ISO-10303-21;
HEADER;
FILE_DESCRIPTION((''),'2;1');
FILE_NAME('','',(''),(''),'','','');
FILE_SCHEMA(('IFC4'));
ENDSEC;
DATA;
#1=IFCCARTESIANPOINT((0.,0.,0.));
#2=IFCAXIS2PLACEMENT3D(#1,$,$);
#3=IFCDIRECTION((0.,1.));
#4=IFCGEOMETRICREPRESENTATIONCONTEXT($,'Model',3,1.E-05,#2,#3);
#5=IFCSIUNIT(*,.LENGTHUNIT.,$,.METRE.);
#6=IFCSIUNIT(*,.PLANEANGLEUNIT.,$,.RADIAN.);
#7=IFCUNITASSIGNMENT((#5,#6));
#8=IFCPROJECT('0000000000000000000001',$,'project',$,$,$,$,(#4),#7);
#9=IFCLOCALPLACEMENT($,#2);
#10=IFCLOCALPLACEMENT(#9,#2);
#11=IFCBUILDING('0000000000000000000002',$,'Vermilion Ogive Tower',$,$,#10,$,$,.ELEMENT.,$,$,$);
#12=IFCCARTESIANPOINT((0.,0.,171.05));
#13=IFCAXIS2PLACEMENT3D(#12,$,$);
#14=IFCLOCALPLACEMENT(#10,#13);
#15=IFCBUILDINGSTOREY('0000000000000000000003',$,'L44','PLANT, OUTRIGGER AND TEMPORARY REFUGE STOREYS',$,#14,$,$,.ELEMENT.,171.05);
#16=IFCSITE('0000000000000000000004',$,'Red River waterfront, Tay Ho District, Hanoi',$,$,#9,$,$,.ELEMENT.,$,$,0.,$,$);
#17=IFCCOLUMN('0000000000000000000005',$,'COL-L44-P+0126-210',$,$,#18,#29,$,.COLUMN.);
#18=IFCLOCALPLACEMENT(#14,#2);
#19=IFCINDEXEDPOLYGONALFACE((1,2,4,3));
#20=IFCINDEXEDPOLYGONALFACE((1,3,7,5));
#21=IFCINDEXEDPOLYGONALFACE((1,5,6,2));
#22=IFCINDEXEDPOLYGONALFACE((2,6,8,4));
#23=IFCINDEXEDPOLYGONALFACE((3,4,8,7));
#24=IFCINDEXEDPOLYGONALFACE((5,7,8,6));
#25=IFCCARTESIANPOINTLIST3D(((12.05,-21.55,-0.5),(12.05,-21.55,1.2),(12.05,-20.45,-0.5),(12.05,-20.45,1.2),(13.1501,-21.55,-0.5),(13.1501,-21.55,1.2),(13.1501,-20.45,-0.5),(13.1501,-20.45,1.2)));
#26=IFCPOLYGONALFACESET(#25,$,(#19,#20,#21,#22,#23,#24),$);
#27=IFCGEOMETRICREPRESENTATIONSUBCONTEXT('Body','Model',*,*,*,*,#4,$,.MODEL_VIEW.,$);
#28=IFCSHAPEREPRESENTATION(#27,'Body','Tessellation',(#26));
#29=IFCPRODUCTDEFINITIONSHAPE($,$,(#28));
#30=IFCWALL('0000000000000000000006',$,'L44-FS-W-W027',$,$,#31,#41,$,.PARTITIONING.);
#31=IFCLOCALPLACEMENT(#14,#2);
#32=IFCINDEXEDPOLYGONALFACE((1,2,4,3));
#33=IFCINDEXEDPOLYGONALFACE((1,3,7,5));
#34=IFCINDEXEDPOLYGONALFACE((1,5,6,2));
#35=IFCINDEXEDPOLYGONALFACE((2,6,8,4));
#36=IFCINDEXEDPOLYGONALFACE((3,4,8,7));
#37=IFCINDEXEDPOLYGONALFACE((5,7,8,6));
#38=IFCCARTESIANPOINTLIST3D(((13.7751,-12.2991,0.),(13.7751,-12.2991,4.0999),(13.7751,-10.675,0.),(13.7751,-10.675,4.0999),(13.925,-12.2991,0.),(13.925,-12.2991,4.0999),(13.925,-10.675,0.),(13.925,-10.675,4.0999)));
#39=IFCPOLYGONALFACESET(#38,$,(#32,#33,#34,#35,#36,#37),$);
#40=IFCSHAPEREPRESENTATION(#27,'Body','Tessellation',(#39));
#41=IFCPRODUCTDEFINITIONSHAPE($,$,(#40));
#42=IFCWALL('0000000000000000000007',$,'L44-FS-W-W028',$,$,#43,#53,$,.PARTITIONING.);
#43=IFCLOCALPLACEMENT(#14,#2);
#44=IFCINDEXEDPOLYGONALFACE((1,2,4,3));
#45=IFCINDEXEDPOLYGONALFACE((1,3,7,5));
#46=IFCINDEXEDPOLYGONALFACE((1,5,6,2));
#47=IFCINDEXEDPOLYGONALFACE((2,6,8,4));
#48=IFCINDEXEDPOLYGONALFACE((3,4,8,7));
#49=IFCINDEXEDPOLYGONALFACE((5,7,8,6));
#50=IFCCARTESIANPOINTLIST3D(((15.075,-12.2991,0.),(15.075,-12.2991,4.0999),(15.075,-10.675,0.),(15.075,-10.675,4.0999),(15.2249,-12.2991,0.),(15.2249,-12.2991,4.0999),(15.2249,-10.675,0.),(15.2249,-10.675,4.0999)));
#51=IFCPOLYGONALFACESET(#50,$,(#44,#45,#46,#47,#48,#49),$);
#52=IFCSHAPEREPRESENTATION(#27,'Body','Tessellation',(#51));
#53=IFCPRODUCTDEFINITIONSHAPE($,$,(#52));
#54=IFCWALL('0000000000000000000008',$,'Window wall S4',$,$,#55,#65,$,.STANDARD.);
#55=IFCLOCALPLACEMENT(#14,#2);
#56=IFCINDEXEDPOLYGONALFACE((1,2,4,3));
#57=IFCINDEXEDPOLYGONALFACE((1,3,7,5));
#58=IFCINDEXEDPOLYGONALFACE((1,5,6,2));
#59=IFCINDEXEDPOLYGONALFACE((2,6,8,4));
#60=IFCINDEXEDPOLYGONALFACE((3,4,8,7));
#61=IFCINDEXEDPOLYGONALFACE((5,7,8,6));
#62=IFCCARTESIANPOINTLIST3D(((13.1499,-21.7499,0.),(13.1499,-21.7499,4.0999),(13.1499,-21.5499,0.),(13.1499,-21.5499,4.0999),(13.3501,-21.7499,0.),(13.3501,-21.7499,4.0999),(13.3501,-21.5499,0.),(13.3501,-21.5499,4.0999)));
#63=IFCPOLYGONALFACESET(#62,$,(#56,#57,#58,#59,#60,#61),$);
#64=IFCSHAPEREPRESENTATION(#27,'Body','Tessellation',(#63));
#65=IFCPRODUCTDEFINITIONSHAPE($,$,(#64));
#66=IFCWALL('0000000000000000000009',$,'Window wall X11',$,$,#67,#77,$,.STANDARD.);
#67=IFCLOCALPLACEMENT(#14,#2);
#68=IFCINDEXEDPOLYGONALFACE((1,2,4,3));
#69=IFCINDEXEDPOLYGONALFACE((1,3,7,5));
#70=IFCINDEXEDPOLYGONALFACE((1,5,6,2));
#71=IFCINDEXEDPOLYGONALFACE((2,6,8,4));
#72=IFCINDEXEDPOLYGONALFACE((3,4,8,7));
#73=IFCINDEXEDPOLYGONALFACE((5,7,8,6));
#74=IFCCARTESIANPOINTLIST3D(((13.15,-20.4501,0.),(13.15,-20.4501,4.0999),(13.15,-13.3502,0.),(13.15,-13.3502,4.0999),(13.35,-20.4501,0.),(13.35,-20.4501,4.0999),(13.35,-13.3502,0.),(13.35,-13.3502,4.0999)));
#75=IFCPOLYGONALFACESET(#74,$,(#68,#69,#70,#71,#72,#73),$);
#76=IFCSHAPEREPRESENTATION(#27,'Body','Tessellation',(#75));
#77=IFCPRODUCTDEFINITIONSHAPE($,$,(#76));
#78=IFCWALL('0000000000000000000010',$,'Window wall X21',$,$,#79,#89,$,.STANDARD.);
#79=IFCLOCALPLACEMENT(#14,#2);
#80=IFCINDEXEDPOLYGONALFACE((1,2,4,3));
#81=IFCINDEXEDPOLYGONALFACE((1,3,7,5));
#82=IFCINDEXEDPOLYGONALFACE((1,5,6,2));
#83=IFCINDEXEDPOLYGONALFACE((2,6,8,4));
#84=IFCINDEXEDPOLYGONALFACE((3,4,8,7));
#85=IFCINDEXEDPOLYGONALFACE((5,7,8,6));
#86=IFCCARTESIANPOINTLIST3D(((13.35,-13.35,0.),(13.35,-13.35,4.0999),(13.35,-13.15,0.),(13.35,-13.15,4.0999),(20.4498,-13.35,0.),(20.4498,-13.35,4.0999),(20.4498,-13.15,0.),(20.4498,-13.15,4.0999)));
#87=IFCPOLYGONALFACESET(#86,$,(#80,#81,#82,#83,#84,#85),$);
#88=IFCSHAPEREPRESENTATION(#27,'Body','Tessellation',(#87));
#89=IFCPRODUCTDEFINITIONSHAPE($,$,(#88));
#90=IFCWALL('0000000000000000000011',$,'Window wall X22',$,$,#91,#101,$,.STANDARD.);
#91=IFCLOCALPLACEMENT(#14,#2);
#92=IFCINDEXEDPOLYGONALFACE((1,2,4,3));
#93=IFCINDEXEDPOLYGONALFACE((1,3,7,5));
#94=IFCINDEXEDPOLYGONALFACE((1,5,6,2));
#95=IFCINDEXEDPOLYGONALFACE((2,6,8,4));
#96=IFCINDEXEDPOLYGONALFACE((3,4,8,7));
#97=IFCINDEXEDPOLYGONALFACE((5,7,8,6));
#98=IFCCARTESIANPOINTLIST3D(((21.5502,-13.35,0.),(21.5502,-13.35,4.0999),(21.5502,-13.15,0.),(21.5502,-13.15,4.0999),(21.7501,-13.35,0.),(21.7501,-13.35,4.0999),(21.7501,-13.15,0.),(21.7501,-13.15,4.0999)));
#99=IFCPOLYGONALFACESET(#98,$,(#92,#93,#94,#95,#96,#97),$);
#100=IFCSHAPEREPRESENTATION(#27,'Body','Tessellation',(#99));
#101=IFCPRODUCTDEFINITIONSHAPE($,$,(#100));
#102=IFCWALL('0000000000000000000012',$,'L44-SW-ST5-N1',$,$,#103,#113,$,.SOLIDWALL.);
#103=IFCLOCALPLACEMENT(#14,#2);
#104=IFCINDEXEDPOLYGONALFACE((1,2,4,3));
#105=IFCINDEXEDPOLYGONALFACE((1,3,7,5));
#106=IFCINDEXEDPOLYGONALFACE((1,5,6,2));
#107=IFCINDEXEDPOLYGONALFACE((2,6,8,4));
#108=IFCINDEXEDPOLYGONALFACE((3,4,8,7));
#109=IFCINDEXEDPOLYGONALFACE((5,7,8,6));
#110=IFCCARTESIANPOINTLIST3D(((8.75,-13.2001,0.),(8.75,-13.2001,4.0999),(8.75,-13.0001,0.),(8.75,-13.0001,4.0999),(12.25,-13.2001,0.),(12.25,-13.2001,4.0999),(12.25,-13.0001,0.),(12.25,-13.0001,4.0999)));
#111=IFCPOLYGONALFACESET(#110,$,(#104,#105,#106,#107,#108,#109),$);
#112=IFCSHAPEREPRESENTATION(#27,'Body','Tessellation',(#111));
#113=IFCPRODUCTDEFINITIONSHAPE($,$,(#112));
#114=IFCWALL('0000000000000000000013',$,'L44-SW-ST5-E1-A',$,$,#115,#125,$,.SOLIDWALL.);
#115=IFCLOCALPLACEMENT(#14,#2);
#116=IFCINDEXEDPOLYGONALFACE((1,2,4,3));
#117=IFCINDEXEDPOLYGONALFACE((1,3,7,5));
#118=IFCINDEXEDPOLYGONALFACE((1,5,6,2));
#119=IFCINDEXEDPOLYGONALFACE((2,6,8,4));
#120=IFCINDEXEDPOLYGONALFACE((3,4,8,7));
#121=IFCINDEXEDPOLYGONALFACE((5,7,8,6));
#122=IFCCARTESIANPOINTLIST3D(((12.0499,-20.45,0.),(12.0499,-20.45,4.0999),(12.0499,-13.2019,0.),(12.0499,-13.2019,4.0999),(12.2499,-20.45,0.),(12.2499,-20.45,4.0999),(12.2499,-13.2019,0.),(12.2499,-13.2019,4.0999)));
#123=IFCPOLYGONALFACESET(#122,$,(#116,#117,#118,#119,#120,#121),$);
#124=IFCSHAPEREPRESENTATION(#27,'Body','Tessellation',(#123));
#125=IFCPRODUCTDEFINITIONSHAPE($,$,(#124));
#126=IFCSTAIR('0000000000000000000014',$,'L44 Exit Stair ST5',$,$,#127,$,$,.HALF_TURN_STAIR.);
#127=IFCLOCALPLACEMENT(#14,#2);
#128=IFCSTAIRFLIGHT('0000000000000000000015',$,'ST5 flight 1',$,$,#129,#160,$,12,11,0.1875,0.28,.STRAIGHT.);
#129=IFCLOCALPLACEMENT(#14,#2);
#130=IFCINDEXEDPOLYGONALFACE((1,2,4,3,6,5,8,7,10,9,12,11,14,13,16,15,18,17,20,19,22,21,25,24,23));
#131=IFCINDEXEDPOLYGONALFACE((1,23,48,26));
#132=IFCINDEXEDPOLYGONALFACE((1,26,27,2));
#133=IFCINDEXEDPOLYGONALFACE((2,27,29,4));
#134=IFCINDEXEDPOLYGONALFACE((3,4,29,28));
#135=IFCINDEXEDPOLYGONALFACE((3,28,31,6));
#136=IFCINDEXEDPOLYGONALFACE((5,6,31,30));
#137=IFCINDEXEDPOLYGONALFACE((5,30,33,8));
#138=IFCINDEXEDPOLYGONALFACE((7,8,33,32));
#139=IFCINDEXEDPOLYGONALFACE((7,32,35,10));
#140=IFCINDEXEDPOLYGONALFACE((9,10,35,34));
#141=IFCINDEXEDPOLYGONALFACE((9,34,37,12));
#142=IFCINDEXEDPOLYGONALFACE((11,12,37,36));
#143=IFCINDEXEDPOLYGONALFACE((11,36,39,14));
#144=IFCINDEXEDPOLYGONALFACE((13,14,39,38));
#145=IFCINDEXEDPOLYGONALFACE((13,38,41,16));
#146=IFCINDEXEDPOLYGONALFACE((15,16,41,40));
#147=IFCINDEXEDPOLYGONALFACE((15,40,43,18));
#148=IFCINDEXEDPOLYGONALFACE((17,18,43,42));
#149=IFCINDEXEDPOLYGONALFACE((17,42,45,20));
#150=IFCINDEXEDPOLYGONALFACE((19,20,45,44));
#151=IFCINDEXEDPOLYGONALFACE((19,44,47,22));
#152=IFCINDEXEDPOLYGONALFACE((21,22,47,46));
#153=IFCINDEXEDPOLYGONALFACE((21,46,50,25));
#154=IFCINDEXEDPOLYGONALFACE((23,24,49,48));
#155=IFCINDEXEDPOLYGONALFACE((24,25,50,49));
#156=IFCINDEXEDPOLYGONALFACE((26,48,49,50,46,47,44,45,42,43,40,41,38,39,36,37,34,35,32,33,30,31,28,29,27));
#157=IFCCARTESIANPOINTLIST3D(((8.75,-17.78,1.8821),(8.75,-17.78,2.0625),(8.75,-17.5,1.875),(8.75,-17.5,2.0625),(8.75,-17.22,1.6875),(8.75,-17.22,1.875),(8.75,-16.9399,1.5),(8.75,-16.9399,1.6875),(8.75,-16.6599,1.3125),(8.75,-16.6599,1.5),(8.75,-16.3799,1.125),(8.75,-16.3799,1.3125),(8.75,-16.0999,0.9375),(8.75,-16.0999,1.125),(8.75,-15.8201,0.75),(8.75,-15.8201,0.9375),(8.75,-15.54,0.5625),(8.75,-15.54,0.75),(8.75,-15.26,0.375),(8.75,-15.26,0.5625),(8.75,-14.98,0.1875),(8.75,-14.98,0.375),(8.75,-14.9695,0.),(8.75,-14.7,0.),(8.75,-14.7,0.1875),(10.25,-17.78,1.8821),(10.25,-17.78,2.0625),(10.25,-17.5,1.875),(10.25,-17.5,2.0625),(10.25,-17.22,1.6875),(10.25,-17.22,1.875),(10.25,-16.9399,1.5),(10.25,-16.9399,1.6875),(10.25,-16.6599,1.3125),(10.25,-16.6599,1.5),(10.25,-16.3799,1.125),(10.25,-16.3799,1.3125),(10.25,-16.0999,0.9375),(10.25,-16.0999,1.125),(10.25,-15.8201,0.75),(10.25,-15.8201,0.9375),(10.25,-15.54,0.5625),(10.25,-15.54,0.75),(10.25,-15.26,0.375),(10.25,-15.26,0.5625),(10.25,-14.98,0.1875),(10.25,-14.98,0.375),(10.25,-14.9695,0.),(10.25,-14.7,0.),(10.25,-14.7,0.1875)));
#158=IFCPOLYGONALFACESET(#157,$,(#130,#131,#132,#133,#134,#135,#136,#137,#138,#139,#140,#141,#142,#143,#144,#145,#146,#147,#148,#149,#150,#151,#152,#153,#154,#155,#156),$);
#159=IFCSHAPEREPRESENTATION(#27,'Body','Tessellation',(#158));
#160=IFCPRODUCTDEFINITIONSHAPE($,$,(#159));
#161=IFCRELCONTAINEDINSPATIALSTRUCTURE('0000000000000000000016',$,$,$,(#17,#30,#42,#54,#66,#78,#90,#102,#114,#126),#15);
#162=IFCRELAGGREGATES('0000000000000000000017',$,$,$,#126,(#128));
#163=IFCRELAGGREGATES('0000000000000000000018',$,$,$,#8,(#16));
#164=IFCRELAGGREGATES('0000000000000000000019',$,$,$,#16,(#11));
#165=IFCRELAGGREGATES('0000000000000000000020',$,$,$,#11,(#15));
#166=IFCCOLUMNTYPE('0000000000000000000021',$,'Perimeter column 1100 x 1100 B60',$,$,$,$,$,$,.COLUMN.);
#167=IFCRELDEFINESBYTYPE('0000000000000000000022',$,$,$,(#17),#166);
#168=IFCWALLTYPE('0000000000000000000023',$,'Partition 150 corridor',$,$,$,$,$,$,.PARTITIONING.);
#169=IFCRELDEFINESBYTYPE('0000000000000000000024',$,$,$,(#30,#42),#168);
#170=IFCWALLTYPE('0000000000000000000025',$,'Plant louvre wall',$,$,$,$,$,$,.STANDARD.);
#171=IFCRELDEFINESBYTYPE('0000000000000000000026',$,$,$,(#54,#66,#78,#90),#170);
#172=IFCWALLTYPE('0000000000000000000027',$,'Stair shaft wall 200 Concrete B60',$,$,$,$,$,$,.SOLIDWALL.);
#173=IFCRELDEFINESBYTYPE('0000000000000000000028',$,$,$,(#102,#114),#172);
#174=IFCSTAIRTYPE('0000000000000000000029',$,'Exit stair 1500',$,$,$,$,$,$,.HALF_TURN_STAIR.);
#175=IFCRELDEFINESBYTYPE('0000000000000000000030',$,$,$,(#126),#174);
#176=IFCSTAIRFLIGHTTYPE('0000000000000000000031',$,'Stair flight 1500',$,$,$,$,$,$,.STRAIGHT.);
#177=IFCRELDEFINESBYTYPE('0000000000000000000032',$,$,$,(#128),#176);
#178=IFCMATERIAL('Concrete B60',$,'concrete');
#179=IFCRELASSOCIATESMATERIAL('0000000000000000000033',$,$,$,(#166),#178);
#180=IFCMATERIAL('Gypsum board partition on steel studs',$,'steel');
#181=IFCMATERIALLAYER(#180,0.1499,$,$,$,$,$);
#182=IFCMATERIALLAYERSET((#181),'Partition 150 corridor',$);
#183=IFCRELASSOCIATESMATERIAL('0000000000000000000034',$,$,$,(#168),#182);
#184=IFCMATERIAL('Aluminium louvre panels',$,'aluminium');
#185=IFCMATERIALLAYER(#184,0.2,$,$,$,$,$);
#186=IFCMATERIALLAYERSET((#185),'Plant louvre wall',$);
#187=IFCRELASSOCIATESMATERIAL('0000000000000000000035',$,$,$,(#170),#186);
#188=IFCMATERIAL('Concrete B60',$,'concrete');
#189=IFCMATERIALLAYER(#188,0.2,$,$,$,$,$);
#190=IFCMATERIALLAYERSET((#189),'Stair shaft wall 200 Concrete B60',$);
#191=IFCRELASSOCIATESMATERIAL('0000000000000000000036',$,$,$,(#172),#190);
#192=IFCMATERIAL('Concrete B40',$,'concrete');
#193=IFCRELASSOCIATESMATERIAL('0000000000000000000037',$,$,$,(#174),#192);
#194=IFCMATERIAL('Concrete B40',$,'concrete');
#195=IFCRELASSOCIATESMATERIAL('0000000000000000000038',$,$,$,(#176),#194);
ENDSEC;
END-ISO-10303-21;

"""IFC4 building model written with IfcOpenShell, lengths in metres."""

from ifc_helpers import new_model, si_unit, direction, frame, frame_2d, origin, origin_2d, place, context, subcontext, project, spatial, polyline, rectangle, outline, extrude, material, layer, layer_set, material_profile, profile_set, type_object, element, aggregate, save


model = new_model("IFC4")

# Units and contexts
model_context = context("Model", 3, precision=1e-05, world=origin(), true_north=direction((0.0, 1.0)))
body_context = subcontext(model_context, "Body", "Model", "MODEL_VIEW")
ifc_project = project(units=[si_unit("LENGTHUNIT", "METRE"), si_unit("PLANEANGLEUNIT", "RADIAN")], contexts=[model_context])

# Site, building, storey
site_placement = place(None, origin())
site = spatial("IfcSite", under=ifc_project, at=site_placement, Name="Red River waterfront, Tay Ho District, Hanoi", CompositionType="ELEMENT", RefElevation=0.0)
building_placement = place(site_placement, origin())
building = spatial("IfcBuilding", under=site, at=building_placement, Name="Vermilion Ogive Tower", CompositionType="ELEMENT")
storey_placement = place(building_placement, frame((0.0, 0.0, 171.05)))
storey = spatial("IfcBuildingStorey", under=building, at=storey_placement, Name="L44", Description="PLANT, OUTRIGGER AND TEMPORARY REFUGE STOREYS", CompositionType="ELEMENT", Elevation=171.05)

# Column
ifc_material_1 = material(Name="Concrete B60", Category="concrete")
ifc_material_profile = material_profile(ifc_material_1, rectangle(XDim=1.1001, YDim=1.1001, at=origin_2d()), Name="1100 x 1100")
ifc_profile_set = profile_set([ifc_material_profile], Name="Concrete B60")
column_type = type_object("IfcColumnType", Name="Perimeter column 1100 x 1100 B60", PredefinedType="COLUMN", material=ifc_profile_set)
column_placement = place(storey_placement, frame((12.6001, -21.0, -0.5), z_axis=(0.0, 0.0, 1.0), x_axis=(1.0, 0.0, 0.0)))
element("IfcColumn", 1, at=column_placement, inside=storey, type_object=column_type, Name="COL-L44-P+0126-210", PredefinedType="COLUMN", context=body_context, shape_type="SweptSolid", body=[
    extrude(rectangle(XDim=1.1001, YDim=1.1001, at=origin_2d()), origin(), (0.0, 0.0, 1.0), 1.7),
])

# Walls
ifc_material_2 = material(Name="Gypsum board partition on steel studs", Category="steel")
ifc_layer_1 = layer(ifc_material_2, 0.1499)
ifc_layer_set_1 = layer_set([ifc_layer_1], Name="Partition 150 corridor")
wall_type_1 = type_object("IfcWallType", Name="Partition 150 corridor", PredefinedType="PARTITIONING", material=ifc_layer_set_1)
for number, where, z_axis, x_axis, name in (
    (2, (13.8501, -12.2991, 0.0), (0.0, 0.0, 1.0), (0.0, 1.0, 0.0), "L44-FS-W-W027"),
    (3, (15.1499, -12.2991, 0.0), (0.0, 0.0, 1.0), (0.0, 1.0, 0.0), "L44-FS-W-W028"),
):
    element("IfcWall", number, at=place(storey_placement, frame(where, z_axis=z_axis, x_axis=x_axis)), inside=storey, type_object=wall_type_1, Name=name, PredefinedType="PARTITIONING", context=body_context, shape_type="SweptSolid", body=[
        extrude(rectangle(XDim=1.624, YDim=0.1499, at=frame_2d((0.812, 0.0))), origin(), (0.0, 0.0, 1.0), 4.0999),
    ])
ifc_material_3 = material(Name="Aluminium louvre panels", Category="aluminium")
ifc_layer_2 = layer(ifc_material_3, 0.2)
ifc_layer_set_2 = layer_set([ifc_layer_2], Name="Plant louvre wall")
wall_type_2 = type_object("IfcWallType", Name="Plant louvre wall", PredefinedType="STANDARD", material=ifc_layer_set_2)
wall_1_placement = place(storey_placement, frame((13.1499, -21.6499, 0.0), z_axis=(0.0, 0.0, 1.0), x_axis=(1.0, 0.0, 0.0)))
element("IfcWall", 4, at=wall_1_placement, inside=storey, type_object=wall_type_2, Name="Window wall S4", PredefinedType="STANDARD", context=body_context, shape_type="SweptSolid", body=[
    extrude(rectangle(XDim=0.2002, YDim=0.2, at=frame_2d((0.1001, 0.0))), origin(), (0.0, 0.0, 1.0), 4.0999),
])
for number, where, z_axis, x_axis, name in (
    (5, (13.25, -20.45, 0.0), (0.0, 0.0, 1.0), (0.0, 1.0, 0.0), "Window wall X11"),
    (6, (13.3501, -13.25, 0.0), (0.0, 0.0, 1.0), (1.0, 0.0, 0.0), "Window wall X21"),
):
    element("IfcWall", number, at=place(storey_placement, frame(where, z_axis=z_axis, x_axis=x_axis)), inside=storey, type_object=wall_type_2, Name=name, PredefinedType="STANDARD", context=body_context, shape_type="SweptSolid", body=[
        extrude(rectangle(XDim=7.0999, YDim=0.2, at=frame_2d((3.5498, 0.0))), origin(), (0.0, 0.0, 1.0), 4.0999),
    ])
wall_2_placement = place(storey_placement, frame((21.55, -13.25, 0.0), z_axis=(0.0, 0.0, 1.0), x_axis=(1.0, 0.0, 0.0)))
element("IfcWall", 7, at=wall_2_placement, inside=storey, type_object=wall_type_2, Name="Window wall X22", PredefinedType="STANDARD", context=body_context, shape_type="SweptSolid", body=[
    extrude(rectangle(XDim=0.2, YDim=0.2, at=frame_2d((0.1001, 0.0))), origin(), (0.0, 0.0, 1.0), 4.0999),
])
ifc_material_4 = material(Name="Concrete B60", Category="concrete")
ifc_layer_3 = layer(ifc_material_4, 0.2)
ifc_layer_set_3 = layer_set([ifc_layer_3], Name="Stair shaft wall 200 Concrete B60")
wall_type_3 = type_object("IfcWallType", Name="Stair shaft wall 200 Concrete B60", PredefinedType="SOLIDWALL", material=ifc_layer_set_3)
wall_3_placement = place(storey_placement, frame((8.75, -13.1001, 0.0), z_axis=(0.0, 0.0, 1.0), x_axis=(1.0, 0.0, 0.0)))
element("IfcWall", 8, at=wall_3_placement, inside=storey, type_object=wall_type_3, Name="L44-SW-ST5-N1", PredefinedType="SOLIDWALL", context=body_context, shape_type="SweptSolid", body=[
    extrude(rectangle(XDim=3.5, YDim=0.2, at=frame_2d((1.75, 0.0))), origin(), (0.0, 0.0, 1.0), 4.0999),
])
wall_4_placement = place(storey_placement, frame((12.1499, -20.45, 0.0), z_axis=(0.0, 0.0, 1.0), x_axis=(0.0, 1.0, 0.0)))
element("IfcWall", 9, at=wall_4_placement, inside=storey, type_object=wall_type_3, Name="L44-SW-ST5-E1-A", PredefinedType="SOLIDWALL", context=body_context, shape_type="SweptSolid", body=[
    extrude(rectangle(XDim=7.248, YDim=0.2, at=frame_2d((3.624, 0.0))), origin(), (0.0, 0.0, 1.0), 4.0999),
])

# Stair, stair flight
ifc_material_5 = material(Name="Concrete B40", Category="concrete")
stair_type = type_object("IfcStairType", Name="Exit stair 1500", PredefinedType="HALF_TURN_STAIR", material=ifc_material_5)
stair_placement = place(storey_placement, origin())
stair = element("IfcStair", 10, at=stair_placement, inside=storey, type_object=stair_type, Name="L44 Exit Stair ST5", PredefinedType="HALF_TURN_STAIR")
ifc_material_6 = material(Name="Concrete B40", Category="concrete")
stair_flight_type = type_object("IfcStairFlightType", Name="Stair flight 1500", PredefinedType="STRAIGHT", material=ifc_material_6)
stair_flight_1_placement = place(storey_placement, frame((9.5, -14.7, 0.0), z_axis=(0.0, 0.0, 1.0), x_axis=(0.0, -1.0, 0.0)))
stair_flight_1 = element("IfcStairFlight", 11, at=stair_flight_1_placement, type_object=stair_flight_type, Name="ST5 flight 1", NumberOfRisers=12, NumberOfTreads=11, PredefinedType="STRAIGHT", RiserHeight=0.1875, TreadLength=0.28, context=body_context, shape_type="SweptSolid", body=[
    extrude(outline(polyline([(0.0, 0.0), (0.0, 0.1875), (0.28, 0.1875), (0.28, 0.375), (0.5601, 0.375), (0.5601, 0.5625), (0.8401, 0.5625), (0.8401, 0.75), (1.1201, 0.75), (1.1201, 0.9375), (1.3999, 0.9375), (1.3999, 1.125), (1.6799, 1.125), (1.6799, 1.3125), (1.96, 1.3125), (1.96, 1.5), (2.24, 1.5), (2.24, 1.6875), (2.52, 1.6875), (2.52, 1.875), (2.8, 1.875), (2.8, 2.0625), (3.0801, 2.0625), (3.0801, 2.25), (3.0801, 1.8821), (0.2695, 0.0), (0.0, 0.0)])), frame((0.0, 0.75, 0.0), z_axis=(0.0, -1.0, 0.0), x_axis=(1.0, 0.0, 0.0)), (0.0, 0.0, 1.0), 1.5),
])
aggregate(stair, [stair_flight_1])

save(model, "model.ifc")
